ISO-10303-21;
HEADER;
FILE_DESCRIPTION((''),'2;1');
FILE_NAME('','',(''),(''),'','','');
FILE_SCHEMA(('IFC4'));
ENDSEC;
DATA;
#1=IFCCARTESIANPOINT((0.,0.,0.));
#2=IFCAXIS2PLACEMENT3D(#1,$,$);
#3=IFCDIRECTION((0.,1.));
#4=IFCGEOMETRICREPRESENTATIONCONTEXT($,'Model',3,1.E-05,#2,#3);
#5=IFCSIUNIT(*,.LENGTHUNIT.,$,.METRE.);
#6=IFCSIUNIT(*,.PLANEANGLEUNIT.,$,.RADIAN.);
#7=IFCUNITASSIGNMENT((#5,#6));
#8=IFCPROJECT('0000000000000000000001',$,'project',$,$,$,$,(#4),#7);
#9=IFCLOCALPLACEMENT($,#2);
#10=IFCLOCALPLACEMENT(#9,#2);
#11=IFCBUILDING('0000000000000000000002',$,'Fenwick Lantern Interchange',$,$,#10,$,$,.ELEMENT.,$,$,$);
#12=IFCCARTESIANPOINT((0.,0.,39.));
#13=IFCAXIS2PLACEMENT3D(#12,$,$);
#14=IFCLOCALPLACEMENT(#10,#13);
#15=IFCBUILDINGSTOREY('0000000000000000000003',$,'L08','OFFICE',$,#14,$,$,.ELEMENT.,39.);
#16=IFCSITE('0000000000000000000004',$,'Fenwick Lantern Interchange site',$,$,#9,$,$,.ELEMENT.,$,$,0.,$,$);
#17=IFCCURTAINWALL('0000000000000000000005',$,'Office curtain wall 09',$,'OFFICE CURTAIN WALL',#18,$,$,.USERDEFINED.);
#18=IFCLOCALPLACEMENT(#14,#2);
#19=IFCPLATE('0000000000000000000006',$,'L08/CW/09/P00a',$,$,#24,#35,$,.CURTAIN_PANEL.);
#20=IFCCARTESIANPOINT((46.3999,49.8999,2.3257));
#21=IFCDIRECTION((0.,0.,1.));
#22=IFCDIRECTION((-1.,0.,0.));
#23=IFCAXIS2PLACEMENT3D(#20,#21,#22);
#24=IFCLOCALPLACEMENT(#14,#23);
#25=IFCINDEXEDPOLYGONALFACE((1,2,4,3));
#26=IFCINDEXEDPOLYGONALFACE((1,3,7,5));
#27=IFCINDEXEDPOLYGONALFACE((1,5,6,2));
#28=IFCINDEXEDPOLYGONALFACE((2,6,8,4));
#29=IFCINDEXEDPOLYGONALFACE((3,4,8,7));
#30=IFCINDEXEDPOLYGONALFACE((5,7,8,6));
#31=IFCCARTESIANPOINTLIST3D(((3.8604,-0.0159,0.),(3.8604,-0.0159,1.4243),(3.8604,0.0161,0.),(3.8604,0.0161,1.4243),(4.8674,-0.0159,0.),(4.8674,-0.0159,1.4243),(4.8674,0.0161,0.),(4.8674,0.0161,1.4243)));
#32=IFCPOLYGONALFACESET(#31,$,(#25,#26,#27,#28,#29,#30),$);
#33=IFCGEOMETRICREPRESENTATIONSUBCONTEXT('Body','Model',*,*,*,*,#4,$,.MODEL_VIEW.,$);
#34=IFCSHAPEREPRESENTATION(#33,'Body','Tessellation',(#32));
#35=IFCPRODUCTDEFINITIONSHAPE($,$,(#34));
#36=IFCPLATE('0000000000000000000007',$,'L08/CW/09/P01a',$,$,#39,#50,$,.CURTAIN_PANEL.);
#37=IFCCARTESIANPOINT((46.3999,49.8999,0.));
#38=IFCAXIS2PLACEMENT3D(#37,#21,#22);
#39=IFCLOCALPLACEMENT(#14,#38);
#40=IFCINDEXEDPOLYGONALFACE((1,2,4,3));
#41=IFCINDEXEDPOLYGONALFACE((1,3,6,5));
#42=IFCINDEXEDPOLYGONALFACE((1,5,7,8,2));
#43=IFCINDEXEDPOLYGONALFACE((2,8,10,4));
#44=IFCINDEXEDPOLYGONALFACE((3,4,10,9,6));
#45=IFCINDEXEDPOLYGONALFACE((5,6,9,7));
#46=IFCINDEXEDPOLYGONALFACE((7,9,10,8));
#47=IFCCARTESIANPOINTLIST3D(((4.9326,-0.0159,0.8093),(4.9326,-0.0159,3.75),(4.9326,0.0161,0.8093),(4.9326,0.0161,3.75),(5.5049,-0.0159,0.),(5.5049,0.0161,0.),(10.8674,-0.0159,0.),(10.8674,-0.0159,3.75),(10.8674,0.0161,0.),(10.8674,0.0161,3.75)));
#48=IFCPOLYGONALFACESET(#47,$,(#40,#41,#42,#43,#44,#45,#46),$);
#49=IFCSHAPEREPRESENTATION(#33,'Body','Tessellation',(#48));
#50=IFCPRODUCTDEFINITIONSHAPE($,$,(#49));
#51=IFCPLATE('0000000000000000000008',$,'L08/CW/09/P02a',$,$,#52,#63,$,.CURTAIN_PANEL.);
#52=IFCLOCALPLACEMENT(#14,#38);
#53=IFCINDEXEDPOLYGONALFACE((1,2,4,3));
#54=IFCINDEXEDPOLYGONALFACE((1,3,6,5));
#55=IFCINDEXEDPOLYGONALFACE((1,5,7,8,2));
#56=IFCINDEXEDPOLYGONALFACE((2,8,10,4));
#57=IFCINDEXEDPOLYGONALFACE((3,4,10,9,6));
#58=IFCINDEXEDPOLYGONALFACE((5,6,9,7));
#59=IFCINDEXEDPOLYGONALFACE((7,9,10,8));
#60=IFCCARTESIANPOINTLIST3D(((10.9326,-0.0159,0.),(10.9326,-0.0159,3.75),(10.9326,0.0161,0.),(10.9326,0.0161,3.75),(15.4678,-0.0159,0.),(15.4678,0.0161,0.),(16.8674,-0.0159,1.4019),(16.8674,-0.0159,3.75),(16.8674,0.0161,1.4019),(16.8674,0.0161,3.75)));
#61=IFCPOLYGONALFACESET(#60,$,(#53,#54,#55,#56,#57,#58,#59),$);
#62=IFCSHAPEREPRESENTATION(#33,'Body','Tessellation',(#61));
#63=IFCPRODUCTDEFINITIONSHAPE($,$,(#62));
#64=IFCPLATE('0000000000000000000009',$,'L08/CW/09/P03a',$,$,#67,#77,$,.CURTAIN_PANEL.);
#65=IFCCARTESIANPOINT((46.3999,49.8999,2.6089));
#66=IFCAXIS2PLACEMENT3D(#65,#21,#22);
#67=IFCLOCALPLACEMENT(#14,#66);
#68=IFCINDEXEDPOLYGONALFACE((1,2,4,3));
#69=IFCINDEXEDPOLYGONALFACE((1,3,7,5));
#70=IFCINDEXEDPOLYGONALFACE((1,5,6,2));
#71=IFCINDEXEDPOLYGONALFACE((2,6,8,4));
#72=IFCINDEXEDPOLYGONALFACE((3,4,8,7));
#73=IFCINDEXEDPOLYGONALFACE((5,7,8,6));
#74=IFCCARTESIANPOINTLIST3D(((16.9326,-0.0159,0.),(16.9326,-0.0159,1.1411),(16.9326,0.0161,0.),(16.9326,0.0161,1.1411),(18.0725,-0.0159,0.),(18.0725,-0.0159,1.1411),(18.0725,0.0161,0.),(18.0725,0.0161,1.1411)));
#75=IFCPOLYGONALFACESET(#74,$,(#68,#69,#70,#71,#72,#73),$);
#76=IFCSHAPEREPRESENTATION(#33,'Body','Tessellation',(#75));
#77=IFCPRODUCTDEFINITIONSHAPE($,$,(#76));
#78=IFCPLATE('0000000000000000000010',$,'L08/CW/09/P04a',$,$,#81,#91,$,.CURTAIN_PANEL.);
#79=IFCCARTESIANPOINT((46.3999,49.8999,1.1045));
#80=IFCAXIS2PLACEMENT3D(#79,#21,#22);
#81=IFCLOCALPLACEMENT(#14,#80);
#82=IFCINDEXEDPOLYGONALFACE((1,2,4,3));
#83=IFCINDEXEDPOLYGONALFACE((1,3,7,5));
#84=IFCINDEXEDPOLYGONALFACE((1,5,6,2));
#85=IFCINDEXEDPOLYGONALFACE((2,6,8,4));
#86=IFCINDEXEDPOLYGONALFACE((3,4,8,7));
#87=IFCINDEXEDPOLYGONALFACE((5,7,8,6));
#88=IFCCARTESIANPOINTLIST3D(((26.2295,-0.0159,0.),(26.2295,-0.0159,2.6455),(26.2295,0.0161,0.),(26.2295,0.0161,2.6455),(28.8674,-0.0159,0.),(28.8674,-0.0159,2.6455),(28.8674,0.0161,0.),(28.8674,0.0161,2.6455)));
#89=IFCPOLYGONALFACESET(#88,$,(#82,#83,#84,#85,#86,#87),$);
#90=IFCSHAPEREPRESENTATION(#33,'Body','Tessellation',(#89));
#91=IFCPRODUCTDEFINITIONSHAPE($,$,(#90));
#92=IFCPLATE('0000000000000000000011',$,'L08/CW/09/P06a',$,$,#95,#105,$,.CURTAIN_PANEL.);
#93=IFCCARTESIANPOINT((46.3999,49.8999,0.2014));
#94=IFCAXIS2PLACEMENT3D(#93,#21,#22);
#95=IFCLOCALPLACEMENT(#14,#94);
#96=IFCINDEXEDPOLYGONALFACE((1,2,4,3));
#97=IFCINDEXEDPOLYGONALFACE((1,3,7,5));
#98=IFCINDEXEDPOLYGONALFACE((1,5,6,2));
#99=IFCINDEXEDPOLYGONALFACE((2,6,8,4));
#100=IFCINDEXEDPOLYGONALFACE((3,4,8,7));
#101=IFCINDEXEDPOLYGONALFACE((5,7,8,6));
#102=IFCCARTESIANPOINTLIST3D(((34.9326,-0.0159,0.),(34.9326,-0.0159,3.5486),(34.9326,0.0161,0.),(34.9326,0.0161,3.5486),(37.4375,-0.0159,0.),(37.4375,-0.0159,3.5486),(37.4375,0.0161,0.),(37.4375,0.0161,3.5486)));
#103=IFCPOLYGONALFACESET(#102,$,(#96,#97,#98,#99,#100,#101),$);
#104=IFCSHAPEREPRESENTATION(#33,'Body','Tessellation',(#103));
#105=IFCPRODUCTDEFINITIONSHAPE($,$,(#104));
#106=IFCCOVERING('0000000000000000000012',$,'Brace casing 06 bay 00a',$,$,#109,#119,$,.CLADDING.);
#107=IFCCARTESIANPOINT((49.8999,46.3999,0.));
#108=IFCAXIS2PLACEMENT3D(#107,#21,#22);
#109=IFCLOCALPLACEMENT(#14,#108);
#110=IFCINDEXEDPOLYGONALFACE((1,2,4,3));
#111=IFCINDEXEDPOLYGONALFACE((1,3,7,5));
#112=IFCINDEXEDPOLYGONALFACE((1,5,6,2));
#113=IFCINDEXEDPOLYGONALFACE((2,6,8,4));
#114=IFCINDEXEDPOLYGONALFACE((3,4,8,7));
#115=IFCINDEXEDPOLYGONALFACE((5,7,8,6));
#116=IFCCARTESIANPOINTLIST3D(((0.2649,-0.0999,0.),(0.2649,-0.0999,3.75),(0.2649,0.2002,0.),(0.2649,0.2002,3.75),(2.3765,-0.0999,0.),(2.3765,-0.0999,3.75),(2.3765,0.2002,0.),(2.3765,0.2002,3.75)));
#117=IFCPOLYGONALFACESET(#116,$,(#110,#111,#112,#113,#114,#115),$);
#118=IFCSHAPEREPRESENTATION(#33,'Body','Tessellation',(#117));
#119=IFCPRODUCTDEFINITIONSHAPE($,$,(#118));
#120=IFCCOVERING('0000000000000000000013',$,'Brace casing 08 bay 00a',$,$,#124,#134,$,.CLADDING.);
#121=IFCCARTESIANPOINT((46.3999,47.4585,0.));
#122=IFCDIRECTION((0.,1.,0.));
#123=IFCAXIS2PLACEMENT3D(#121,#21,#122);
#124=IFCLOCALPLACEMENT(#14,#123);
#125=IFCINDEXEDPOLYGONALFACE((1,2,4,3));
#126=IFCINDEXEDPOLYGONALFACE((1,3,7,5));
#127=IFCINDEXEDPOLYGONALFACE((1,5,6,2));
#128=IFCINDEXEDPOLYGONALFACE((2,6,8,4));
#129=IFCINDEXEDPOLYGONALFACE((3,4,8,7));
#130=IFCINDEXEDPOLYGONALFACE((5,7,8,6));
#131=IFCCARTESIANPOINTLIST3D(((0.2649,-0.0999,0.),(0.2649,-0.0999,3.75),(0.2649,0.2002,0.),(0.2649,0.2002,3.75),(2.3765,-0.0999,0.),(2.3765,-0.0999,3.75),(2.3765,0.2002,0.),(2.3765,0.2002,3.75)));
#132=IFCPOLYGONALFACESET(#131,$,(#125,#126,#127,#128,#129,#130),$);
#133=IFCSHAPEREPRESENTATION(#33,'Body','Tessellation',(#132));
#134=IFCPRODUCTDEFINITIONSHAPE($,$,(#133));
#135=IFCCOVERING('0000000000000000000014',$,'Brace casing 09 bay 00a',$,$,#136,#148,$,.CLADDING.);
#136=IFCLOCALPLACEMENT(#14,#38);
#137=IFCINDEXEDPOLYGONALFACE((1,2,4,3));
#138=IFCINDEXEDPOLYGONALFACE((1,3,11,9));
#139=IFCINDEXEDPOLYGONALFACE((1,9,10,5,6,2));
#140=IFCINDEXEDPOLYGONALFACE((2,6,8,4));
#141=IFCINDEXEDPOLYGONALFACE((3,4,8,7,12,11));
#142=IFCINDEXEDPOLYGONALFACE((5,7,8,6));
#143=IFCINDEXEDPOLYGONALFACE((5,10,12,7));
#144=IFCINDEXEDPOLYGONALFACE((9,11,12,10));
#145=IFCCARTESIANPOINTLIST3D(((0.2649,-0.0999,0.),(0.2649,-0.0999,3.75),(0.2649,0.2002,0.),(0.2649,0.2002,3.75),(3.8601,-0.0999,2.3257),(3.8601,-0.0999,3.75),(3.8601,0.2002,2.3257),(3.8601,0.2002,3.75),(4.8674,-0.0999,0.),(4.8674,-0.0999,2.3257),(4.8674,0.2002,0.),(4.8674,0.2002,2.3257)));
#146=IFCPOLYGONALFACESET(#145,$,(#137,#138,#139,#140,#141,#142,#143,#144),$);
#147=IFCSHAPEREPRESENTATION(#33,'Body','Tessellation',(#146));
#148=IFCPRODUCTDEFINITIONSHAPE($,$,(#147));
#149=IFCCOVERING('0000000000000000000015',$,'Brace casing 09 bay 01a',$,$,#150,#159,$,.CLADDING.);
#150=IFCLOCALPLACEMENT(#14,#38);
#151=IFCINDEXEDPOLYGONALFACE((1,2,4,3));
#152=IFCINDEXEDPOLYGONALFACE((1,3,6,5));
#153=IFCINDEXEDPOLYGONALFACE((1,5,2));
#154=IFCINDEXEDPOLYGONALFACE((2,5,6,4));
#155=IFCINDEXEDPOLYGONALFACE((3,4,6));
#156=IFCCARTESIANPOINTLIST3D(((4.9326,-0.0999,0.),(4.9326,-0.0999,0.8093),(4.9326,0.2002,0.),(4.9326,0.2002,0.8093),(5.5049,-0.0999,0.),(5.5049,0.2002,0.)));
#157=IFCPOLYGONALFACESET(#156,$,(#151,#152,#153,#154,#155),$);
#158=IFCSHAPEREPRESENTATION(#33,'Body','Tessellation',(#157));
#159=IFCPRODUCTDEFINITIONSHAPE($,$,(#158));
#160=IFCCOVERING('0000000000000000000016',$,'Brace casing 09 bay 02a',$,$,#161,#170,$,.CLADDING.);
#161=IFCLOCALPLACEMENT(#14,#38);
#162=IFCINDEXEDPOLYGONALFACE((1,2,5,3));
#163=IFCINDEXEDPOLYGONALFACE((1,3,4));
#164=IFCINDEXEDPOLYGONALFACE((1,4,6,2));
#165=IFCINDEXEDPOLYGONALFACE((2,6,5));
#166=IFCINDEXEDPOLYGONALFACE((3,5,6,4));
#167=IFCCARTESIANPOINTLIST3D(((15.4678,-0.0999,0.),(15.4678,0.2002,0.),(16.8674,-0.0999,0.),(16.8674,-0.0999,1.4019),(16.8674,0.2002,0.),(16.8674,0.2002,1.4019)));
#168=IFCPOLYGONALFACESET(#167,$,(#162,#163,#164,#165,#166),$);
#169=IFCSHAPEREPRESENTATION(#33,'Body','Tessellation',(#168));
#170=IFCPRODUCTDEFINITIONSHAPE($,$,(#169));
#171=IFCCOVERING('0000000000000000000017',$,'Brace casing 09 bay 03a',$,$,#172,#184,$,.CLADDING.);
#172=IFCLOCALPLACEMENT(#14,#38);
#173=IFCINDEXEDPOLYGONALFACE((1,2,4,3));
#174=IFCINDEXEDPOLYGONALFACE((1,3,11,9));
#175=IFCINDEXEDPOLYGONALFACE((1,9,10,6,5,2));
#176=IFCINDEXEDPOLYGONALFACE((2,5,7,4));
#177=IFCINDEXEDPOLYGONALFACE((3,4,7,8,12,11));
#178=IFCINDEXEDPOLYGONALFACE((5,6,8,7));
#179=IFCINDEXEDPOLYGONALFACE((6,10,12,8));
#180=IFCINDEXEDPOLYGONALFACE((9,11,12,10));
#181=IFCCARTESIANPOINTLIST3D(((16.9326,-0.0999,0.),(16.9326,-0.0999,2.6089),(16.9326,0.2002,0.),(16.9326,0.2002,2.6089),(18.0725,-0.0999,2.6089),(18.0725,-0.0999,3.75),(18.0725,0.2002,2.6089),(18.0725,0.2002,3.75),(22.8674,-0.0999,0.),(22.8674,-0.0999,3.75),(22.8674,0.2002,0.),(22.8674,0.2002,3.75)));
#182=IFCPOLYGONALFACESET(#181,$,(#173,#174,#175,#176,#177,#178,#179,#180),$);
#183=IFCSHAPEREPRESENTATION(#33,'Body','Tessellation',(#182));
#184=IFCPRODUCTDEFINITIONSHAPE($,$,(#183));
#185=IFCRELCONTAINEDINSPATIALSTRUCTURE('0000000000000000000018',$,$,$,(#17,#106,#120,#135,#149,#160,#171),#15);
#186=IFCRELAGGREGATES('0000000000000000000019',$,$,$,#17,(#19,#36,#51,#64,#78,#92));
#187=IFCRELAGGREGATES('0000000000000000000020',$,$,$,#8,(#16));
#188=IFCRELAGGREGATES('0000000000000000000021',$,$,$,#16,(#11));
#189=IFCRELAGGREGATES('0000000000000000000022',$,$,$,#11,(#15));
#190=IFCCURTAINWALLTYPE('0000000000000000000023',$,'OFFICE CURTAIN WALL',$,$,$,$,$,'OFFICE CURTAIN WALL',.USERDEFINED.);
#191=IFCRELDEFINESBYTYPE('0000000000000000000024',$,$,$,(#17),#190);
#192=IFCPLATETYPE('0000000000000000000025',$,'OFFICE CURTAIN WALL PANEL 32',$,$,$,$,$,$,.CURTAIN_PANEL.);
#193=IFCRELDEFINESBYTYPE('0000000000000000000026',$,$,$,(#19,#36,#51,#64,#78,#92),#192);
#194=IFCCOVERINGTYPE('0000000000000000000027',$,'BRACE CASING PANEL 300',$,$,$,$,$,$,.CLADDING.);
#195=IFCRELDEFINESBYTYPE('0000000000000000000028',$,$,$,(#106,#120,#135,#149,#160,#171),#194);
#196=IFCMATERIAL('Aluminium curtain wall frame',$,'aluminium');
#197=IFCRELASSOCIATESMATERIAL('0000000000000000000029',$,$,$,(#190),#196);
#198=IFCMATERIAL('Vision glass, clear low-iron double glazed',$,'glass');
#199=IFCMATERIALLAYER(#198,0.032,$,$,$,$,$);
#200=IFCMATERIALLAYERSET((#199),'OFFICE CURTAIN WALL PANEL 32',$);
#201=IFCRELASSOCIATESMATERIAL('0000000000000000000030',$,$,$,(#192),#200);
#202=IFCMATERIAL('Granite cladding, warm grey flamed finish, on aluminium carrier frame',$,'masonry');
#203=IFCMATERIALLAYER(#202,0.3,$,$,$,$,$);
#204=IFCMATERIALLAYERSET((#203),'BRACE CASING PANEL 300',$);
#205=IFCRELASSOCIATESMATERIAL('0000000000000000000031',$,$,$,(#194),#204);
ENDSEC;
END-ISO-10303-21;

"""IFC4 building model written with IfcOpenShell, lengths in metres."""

from ifc_helpers import new_model, si_unit, direction, frame, origin, place, context, subcontext, project, spatial, polyline, outline, extrude, material, layer, layer_set, type_object, element, aggregate, save


model = new_model("IFC4")

# Units and contexts
model_context = context("Model", 3, precision=1e-05, world=origin(), true_north=direction((0.0, 1.0)))
body_context = subcontext(model_context, "Body", "Model", "MODEL_VIEW")
ifc_project = project(units=[si_unit("LENGTHUNIT", "METRE"), si_unit("PLANEANGLEUNIT", "RADIAN")], contexts=[model_context])

# Site, building, storey
site_placement = place(None, origin())
site = spatial("IfcSite", under=ifc_project, at=site_placement, Name="Fenwick Lantern Interchange site", CompositionType="ELEMENT", RefElevation=0.0)
building_placement = place(site_placement, origin())
building = spatial("IfcBuilding", under=site, at=building_placement, Name="Fenwick Lantern Interchange", CompositionType="ELEMENT")
storey_placement = place(building_placement, frame((0.0, 0.0, 39.0)))
storey = spatial("IfcBuildingStorey", under=building, at=storey_placement, Name="L08", Description="OFFICE", CompositionType="ELEMENT", Elevation=39.0)

# Shared definitions
ifc_material_1 = material(Name="Aluminium curtain wall frame", Category="aluminium")
curtain_wall_type = type_object("IfcCurtainWallType", Name="OFFICE CURTAIN WALL", ElementType="OFFICE CURTAIN WALL", PredefinedType="USERDEFINED", material=ifc_material_1)

# Curtain wall
curtain_wall_1_placement = place(storey_placement, origin())
curtain_wall_1 = element("IfcCurtainWall", 1, at=curtain_wall_1_placement, inside=storey, type_object=curtain_wall_type, Name="Office curtain wall 09", ObjectType="OFFICE CURTAIN WALL", PredefinedType="USERDEFINED")

# Plates
ifc_material_2 = material(Name="Vision glass, clear low-iron double glazed", Category="glass")
ifc_layer_1 = layer(ifc_material_2, 0.032)
ifc_layer_set_1 = layer_set([ifc_layer_1], Name="OFFICE CURTAIN WALL PANEL 32")
plate_type = type_object("IfcPlateType", Name="OFFICE CURTAIN WALL PANEL 32", PredefinedType="CURTAIN_PANEL", material=ifc_layer_set_1)
plate_1_placement = place(storey_placement, frame((46.3999, 49.8999, 2.3257), z_axis=(0.0, 0.0, 1.0), x_axis=(-1.0, 0.0, 0.0)))
plate_1 = element("IfcPlate", 2, at=plate_1_placement, type_object=plate_type, Name="L08/CW/09/P00a", PredefinedType="CURTAIN_PANEL", context=body_context, shape_type="SweptSolid", body=[
    extrude(outline(polyline([(3.8604, 0.0), (4.8674, 0.0), (4.8674, 1.4243), (3.8604, 1.4243), (3.8604, 0.0)])), frame((0.0, 0.0161, 0.0), z_axis=(0.0, -1.0, 0.0), x_axis=(1.0, 0.0, 0.0)), (0.0, 0.0, 1.0), 0.032),
])
plate_2_placement = place(storey_placement, frame((46.3999, 49.8999, 0.0), z_axis=(0.0, 0.0, 1.0), x_axis=(-1.0, 0.0, 0.0)))
plate_2 = element("IfcPlate", 3, at=plate_2_placement, type_object=plate_type, Name="L08/CW/09/P01a", PredefinedType="CURTAIN_PANEL", context=body_context, shape_type="SweptSolid", body=[
    extrude(outline(polyline([(5.5049, 0.0), (10.8674, 0.0), (10.8674, 3.75), (4.9326, 3.75), (4.9326, 0.8093), (5.5049, 0.0)])), frame((0.0, 0.0161, 0.0), z_axis=(0.0, -1.0, 0.0), x_axis=(1.0, 0.0, 0.0)), (0.0, 0.0, 1.0), 0.032),
])
plate_3_placement = place(storey_placement, frame((46.3999, 49.8999, 0.0), z_axis=(0.0, 0.0, 1.0), x_axis=(-1.0, 0.0, 0.0)))
plate_3 = element("IfcPlate", 4, at=plate_3_placement, type_object=plate_type, Name="L08/CW/09/P02a", PredefinedType="CURTAIN_PANEL", context=body_context, shape_type="SweptSolid", body=[
    extrude(outline(polyline([(10.9326, 0.0), (15.4678, 0.0), (16.8674, 1.4019), (16.8674, 3.75), (10.9326, 3.75), (10.9326, 0.0)])), frame((0.0, 0.0161, 0.0), z_axis=(0.0, -1.0, 0.0), x_axis=(1.0, 0.0, 0.0)), (0.0, 0.0, 1.0), 0.032),
])
plate_4_placement = place(storey_placement, frame((46.3999, 49.8999, 2.6089), z_axis=(0.0, 0.0, 1.0), x_axis=(-1.0, 0.0, 0.0)))
plate_4 = element("IfcPlate", 5, at=plate_4_placement, type_object=plate_type, Name="L08/CW/09/P03a", PredefinedType="CURTAIN_PANEL", context=body_context, shape_type="SweptSolid", body=[
    extrude(outline(polyline([(16.9326, 0.0), (18.0725, 0.0), (18.0725, 1.1411), (16.9326, 1.1411), (16.9326, 0.0)])), frame((0.0, 0.0161, 0.0), z_axis=(0.0, -1.0, 0.0), x_axis=(1.0, 0.0, 0.0)), (0.0, 0.0, 1.0), 0.032),
])
plate_5_placement = place(storey_placement, frame((46.3999, 49.8999, 1.1045), z_axis=(0.0, 0.0, 1.0), x_axis=(-1.0, 0.0, 0.0)))
plate_5 = element("IfcPlate", 6, at=plate_5_placement, type_object=plate_type, Name="L08/CW/09/P04a", PredefinedType="CURTAIN_PANEL", context=body_context, shape_type="SweptSolid", body=[
    extrude(outline(polyline([(26.2295, 0.0), (28.8674, 0.0), (28.8674, 2.6455), (26.2295, 2.6455), (26.2295, 0.0)])), frame((0.0, 0.0161, 0.0), z_axis=(0.0, -1.0, 0.0), x_axis=(1.0, 0.0, 0.0)), (0.0, 0.0, 1.0), 0.032),
])
plate_6_placement = place(storey_placement, frame((46.3999, 49.8999, 0.2014), z_axis=(0.0, 0.0, 1.0), x_axis=(-1.0, 0.0, 0.0)))
plate_6 = element("IfcPlate", 7, at=plate_6_placement, type_object=plate_type, Name="L08/CW/09/P06a", PredefinedType="CURTAIN_PANEL", context=body_context, shape_type="SweptSolid", body=[
    extrude(outline(polyline([(34.9326, 0.0), (37.4375, 0.0), (37.4375, 3.5486), (34.9326, 3.5486), (34.9326, 0.0)])), frame((0.0, 0.0161, 0.0), z_axis=(0.0, -1.0, 0.0), x_axis=(1.0, 0.0, 0.0)), (0.0, 0.0, 1.0), 0.032),
])
aggregate(curtain_wall_1, [plate_1, plate_2, plate_3, plate_4, plate_5, plate_6])

# Coverings
ifc_material_3 = material(Name="Granite cladding, warm grey flamed finish, on aluminium carrier frame", Category="masonry")
ifc_layer_2 = layer(ifc_material_3, 0.3)
ifc_layer_set_2 = layer_set([ifc_layer_2], Name="BRACE CASING PANEL 300")
covering_type = type_object("IfcCoveringType", Name="BRACE CASING PANEL 300", PredefinedType="CLADDING", material=ifc_layer_set_2)
for number, where, z_axis, x_axis, name in (
    (8, (49.8999, 46.3999, 0.0), (0.0, 0.0, 1.0), (-1.0, 0.0, 0.0), "Brace casing 06 bay 00a"),
    (9, (46.3999, 47.4585, 0.0), (0.0, 0.0, 1.0), (0.0, 1.0, 0.0), "Brace casing 08 bay 00a"),
):
    element("IfcCovering", number, at=place(storey_placement, frame(where, z_axis=z_axis, x_axis=x_axis)), inside=storey, type_object=covering_type, Name=name, PredefinedType="CLADDING", context=body_context, shape_type="SweptSolid", body=[
        extrude(outline(polyline([(0.2649, 0.0), (2.3765, 0.0), (2.3765, 3.75), (0.2649, 3.75), (0.2649, 0.0)])), frame((0.0, 0.2002, 0.0), z_axis=(0.0, -1.0, 0.0), x_axis=(1.0, 0.0, 0.0)), (0.0, 0.0, 1.0), 0.3),
    ])
covering_1_placement = place(storey_placement, frame((46.3999, 49.8999, 0.0), z_axis=(0.0, 0.0, 1.0), x_axis=(-1.0, 0.0, 0.0)))
element("IfcCovering", 10, at=covering_1_placement, inside=storey, type_object=covering_type, Name="Brace casing 09 bay 00a", PredefinedType="CLADDING", context=body_context, shape_type="SweptSolid", body=[
    extrude(outline(polyline([(0.2649, 0.0), (4.8674, 0.0), (4.8674, 2.3257), (3.8601, 2.3257), (3.8601, 3.75), (0.2649, 3.75), (0.2649, 0.0)])), frame((0.0, 0.2002, 0.0), z_axis=(0.0, -1.0, 0.0), x_axis=(1.0, 0.0, 0.0)), (0.0, 0.0, 1.0), 0.3),
])
covering_2_placement = place(storey_placement, frame((46.3999, 49.8999, 0.0), z_axis=(0.0, 0.0, 1.0), x_axis=(-1.0, 0.0, 0.0)))
element("IfcCovering", 11, at=covering_2_placement, inside=storey, type_object=covering_type, Name="Brace casing 09 bay 01a", PredefinedType="CLADDING", context=body_context, shape_type="SweptSolid", body=[
    extrude(outline(polyline([(4.9326, 0.0), (5.5049, 0.0), (4.9326, 0.8093), (4.9326, 0.0)])), frame((0.0, 0.2002, 0.0), z_axis=(0.0, -1.0, 0.0), x_axis=(1.0, 0.0, 0.0)), (0.0, 0.0, 1.0), 0.3),
])
covering_3_placement = place(storey_placement, frame((46.3999, 49.8999, 0.0), z_axis=(0.0, 0.0, 1.0), x_axis=(-1.0, 0.0, 0.0)))
element("IfcCovering", 12, at=covering_3_placement, inside=storey, type_object=covering_type, Name="Brace casing 09 bay 02a", PredefinedType="CLADDING", context=body_context, shape_type="SweptSolid", body=[
    extrude(outline(polyline([(15.4678, 0.0), (16.8674, 0.0), (16.8674, 1.4019), (15.4678, 0.0)])), frame((0.0, 0.2002, 0.0), z_axis=(0.0, -1.0, 0.0), x_axis=(1.0, 0.0, 0.0)), (0.0, 0.0, 1.0), 0.3),
])
covering_4_placement = place(storey_placement, frame((46.3999, 49.8999, 0.0), z_axis=(0.0, 0.0, 1.0), x_axis=(-1.0, 0.0, 0.0)))
element("IfcCovering", 13, at=covering_4_placement, inside=storey, type_object=covering_type, Name="Brace casing 09 bay 03a", PredefinedType="CLADDING", context=body_context, shape_type="SweptSolid", body=[
    extrude(outline(polyline([(16.9326, 0.0), (22.8674, 0.0), (22.8674, 3.75), (18.0725, 3.75), (18.0725, 2.6089), (16.9326, 2.6089), (16.9326, 0.0)])), frame((0.0, 0.2002, 0.0), z_axis=(0.0, -1.0, 0.0), x_axis=(1.0, 0.0, 0.0)), (0.0, 0.0, 1.0), 0.3),
])

save(model, "model.ifc")
